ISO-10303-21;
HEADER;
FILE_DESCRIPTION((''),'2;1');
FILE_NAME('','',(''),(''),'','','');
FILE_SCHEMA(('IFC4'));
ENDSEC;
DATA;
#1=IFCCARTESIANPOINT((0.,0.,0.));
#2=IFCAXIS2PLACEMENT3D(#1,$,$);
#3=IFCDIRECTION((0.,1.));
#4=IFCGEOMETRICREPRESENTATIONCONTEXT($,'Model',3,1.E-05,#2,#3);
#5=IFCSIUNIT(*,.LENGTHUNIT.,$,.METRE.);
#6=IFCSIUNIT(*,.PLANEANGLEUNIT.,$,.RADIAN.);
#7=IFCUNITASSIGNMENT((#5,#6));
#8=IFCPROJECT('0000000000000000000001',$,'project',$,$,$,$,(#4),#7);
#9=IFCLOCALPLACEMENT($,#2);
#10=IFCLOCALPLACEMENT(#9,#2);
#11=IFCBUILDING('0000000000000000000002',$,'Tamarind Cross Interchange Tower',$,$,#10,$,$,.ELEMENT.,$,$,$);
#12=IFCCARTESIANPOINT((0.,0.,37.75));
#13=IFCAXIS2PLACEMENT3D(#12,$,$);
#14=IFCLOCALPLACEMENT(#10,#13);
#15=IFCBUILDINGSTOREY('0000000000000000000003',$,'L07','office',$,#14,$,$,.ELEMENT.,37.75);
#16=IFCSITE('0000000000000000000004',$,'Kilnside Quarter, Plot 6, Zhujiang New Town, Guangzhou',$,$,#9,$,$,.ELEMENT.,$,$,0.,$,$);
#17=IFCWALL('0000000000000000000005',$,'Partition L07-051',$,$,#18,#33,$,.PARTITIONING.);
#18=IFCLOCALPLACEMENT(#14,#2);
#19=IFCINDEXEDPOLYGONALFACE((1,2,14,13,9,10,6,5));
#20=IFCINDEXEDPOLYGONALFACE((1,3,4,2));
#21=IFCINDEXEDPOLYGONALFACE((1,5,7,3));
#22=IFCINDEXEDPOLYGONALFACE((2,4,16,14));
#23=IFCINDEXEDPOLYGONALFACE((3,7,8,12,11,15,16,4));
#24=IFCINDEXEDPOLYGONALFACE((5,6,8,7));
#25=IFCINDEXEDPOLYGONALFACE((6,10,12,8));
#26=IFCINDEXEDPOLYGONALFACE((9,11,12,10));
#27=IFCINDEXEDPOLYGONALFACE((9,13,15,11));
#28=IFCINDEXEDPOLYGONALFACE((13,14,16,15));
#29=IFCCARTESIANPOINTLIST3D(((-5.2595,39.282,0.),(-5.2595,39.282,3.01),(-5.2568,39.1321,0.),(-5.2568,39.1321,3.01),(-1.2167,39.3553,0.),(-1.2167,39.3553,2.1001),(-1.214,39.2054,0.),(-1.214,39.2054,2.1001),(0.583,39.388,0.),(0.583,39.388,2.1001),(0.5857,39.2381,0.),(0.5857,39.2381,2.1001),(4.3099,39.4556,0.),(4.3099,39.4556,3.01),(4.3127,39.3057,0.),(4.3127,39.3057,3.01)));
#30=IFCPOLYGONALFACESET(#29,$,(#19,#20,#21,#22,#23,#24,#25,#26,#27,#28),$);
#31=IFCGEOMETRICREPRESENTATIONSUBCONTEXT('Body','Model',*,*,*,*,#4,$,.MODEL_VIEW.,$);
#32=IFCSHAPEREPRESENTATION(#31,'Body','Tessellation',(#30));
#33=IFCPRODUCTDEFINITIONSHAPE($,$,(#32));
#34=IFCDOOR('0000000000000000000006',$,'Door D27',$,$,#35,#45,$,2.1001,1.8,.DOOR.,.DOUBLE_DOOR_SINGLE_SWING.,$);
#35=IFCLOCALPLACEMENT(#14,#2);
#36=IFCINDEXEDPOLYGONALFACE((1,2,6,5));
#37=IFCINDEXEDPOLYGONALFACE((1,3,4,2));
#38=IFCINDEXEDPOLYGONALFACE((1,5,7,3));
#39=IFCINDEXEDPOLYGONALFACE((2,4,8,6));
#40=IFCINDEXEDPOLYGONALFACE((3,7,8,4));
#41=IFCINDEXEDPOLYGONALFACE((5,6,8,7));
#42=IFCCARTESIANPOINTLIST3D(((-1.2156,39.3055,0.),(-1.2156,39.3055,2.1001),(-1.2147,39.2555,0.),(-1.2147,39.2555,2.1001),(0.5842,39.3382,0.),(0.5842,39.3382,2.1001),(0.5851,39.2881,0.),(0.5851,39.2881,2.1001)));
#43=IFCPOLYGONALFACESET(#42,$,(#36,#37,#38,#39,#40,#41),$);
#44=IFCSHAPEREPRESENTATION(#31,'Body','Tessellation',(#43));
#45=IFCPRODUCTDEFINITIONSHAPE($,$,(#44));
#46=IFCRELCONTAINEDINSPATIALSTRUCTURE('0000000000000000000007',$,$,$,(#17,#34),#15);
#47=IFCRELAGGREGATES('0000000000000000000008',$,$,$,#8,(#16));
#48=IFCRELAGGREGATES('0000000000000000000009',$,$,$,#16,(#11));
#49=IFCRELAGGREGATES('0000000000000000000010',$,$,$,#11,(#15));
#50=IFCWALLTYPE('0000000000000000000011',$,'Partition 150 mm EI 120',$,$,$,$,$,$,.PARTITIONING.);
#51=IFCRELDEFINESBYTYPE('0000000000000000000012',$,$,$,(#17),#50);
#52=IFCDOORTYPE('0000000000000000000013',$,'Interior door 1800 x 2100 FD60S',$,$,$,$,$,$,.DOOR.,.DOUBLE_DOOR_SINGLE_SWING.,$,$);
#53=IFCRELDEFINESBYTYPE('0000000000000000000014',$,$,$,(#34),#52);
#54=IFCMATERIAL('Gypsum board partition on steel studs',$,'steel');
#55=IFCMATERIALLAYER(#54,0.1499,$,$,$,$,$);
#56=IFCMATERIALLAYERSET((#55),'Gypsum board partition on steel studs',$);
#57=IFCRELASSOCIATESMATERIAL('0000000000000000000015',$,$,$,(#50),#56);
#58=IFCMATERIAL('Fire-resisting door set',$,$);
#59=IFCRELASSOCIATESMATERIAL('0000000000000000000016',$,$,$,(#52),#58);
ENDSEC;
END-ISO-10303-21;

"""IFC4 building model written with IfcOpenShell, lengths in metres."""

from ifc_helpers import new_model, si_unit, direction, frame, frame_2d, origin, place, context, subcontext, project, spatial, rectangle, extrude, material, layer, layer_set, type_object, element, fill, save


model = new_model("IFC4")

# Units and contexts
model_context = context("Model", 3, precision=1e-05, world=origin(), true_north=direction((0.0, 1.0)))
body_context = subcontext(model_context, "Body", "Model", "MODEL_VIEW")
ifc_project = project(units=[si_unit("LENGTHUNIT", "METRE"), si_unit("PLANEANGLEUNIT", "RADIAN")], contexts=[model_context])

# Site, building, storey
site_placement = place(None, origin())
site = spatial("IfcSite", under=ifc_project, at=site_placement, Name="Kilnside Quarter, Plot 6, Zhujiang New Town, Guangzhou", CompositionType="ELEMENT", RefElevation=0.0)
building_placement = place(site_placement, origin())
building = spatial("IfcBuilding", under=site, at=building_placement, Name="Tamarind Cross Interchange Tower", CompositionType="ELEMENT")
storey_placement = place(building_placement, frame((0.0, 0.0, 37.75)))
storey = spatial("IfcBuildingStorey", under=building, at=storey_placement, Name="L07", Description="office", CompositionType="ELEMENT", Elevation=37.75)

# Shared definitions
ifc_material_1 = material(Name="Gypsum board partition on steel studs", Category="steel")

# Shared definitions
ifc_layer_1 = layer(ifc_material_1, 0.1499)
ifc_layer_set_1 = layer_set([ifc_layer_1], Name="Gypsum board partition on steel studs")
wall_type_1 = type_object("IfcWallType", Name="Partition 150 mm EI 120", PredefinedType="PARTITIONING", material=ifc_layer_set_1)
ifc_material_2 = material(Name="Fire-resisting door set")

# Wall, opening, door
wall_1_placement = place(storey_placement, frame((-5.2583, 39.207, 0.0), z_axis=(0.0, 0.0, 1.0), x_axis=(0.999836, 0.018136, 0.0)))
wall_1 = element("IfcWall", 1, at=wall_1_placement, inside=storey, type_object=wall_type_1, Name="Partition L07-051", PredefinedType="PARTITIONING", context=body_context, shape_type="SweptSolid", body=[
    extrude(rectangle(XDim=9.571, YDim=0.1499, at=frame_2d((4.7856, 0.0))), origin(), (0.0, 0.0, 1.0), 3.01),
])
opening_1_placement = place(wall_1_placement, frame((4.0437, 0.0, 0.0)))
opening_1 = element("IfcOpeningElement", 2, at=opening_1_placement, cuts=wall_1, PredefinedType="OPENING", context=body_context, shape_type="SweptSolid", body=[
    extrude(rectangle(XDim=1.8, YDim=2.1001, at=frame_2d((0.8999, 1.05))), frame((0.0, 0.085, 0.0), z_axis=(0.0, -1.0, 0.0), x_axis=(1.0, 0.0, 0.0)), (0.0, 0.0, 1.0), 0.1699),
])
door_type_1 = type_object("IfcDoorType", Name="Interior door 1800 x 2100 FD60S", OperationType="DOUBLE_DOOR_SINGLE_SWING", PredefinedType="DOOR", material=ifc_material_2)
door_1_placement = place(opening_1_placement, frame((1.8, 0.0, 0.0), z_axis=(0.0, 0.0, 1.0), x_axis=(-1.0, 0.0, 0.0)))
door_1 = element("IfcDoor", 3, at=door_1_placement, inside=storey, type_object=door_type_1, Name="Door D27", OperationType="DOUBLE_DOOR_SINGLE_SWING", OverallHeight=2.1001, OverallWidth=1.8, PredefinedType="DOOR", context=body_context, shape_type="SweptSolid", body=[
    extrude(rectangle(XDim=1.8, YDim=2.1001, at=frame_2d((0.8999, 1.05))), frame((0.0, 0.0249, 0.0), z_axis=(0.0, -1.0, 0.0), x_axis=(1.0, 0.0, 0.0)), (0.0, 0.0, 1.0), 0.05),
])
fill(opening_1, door_1)

save(model, "model.ifc")
